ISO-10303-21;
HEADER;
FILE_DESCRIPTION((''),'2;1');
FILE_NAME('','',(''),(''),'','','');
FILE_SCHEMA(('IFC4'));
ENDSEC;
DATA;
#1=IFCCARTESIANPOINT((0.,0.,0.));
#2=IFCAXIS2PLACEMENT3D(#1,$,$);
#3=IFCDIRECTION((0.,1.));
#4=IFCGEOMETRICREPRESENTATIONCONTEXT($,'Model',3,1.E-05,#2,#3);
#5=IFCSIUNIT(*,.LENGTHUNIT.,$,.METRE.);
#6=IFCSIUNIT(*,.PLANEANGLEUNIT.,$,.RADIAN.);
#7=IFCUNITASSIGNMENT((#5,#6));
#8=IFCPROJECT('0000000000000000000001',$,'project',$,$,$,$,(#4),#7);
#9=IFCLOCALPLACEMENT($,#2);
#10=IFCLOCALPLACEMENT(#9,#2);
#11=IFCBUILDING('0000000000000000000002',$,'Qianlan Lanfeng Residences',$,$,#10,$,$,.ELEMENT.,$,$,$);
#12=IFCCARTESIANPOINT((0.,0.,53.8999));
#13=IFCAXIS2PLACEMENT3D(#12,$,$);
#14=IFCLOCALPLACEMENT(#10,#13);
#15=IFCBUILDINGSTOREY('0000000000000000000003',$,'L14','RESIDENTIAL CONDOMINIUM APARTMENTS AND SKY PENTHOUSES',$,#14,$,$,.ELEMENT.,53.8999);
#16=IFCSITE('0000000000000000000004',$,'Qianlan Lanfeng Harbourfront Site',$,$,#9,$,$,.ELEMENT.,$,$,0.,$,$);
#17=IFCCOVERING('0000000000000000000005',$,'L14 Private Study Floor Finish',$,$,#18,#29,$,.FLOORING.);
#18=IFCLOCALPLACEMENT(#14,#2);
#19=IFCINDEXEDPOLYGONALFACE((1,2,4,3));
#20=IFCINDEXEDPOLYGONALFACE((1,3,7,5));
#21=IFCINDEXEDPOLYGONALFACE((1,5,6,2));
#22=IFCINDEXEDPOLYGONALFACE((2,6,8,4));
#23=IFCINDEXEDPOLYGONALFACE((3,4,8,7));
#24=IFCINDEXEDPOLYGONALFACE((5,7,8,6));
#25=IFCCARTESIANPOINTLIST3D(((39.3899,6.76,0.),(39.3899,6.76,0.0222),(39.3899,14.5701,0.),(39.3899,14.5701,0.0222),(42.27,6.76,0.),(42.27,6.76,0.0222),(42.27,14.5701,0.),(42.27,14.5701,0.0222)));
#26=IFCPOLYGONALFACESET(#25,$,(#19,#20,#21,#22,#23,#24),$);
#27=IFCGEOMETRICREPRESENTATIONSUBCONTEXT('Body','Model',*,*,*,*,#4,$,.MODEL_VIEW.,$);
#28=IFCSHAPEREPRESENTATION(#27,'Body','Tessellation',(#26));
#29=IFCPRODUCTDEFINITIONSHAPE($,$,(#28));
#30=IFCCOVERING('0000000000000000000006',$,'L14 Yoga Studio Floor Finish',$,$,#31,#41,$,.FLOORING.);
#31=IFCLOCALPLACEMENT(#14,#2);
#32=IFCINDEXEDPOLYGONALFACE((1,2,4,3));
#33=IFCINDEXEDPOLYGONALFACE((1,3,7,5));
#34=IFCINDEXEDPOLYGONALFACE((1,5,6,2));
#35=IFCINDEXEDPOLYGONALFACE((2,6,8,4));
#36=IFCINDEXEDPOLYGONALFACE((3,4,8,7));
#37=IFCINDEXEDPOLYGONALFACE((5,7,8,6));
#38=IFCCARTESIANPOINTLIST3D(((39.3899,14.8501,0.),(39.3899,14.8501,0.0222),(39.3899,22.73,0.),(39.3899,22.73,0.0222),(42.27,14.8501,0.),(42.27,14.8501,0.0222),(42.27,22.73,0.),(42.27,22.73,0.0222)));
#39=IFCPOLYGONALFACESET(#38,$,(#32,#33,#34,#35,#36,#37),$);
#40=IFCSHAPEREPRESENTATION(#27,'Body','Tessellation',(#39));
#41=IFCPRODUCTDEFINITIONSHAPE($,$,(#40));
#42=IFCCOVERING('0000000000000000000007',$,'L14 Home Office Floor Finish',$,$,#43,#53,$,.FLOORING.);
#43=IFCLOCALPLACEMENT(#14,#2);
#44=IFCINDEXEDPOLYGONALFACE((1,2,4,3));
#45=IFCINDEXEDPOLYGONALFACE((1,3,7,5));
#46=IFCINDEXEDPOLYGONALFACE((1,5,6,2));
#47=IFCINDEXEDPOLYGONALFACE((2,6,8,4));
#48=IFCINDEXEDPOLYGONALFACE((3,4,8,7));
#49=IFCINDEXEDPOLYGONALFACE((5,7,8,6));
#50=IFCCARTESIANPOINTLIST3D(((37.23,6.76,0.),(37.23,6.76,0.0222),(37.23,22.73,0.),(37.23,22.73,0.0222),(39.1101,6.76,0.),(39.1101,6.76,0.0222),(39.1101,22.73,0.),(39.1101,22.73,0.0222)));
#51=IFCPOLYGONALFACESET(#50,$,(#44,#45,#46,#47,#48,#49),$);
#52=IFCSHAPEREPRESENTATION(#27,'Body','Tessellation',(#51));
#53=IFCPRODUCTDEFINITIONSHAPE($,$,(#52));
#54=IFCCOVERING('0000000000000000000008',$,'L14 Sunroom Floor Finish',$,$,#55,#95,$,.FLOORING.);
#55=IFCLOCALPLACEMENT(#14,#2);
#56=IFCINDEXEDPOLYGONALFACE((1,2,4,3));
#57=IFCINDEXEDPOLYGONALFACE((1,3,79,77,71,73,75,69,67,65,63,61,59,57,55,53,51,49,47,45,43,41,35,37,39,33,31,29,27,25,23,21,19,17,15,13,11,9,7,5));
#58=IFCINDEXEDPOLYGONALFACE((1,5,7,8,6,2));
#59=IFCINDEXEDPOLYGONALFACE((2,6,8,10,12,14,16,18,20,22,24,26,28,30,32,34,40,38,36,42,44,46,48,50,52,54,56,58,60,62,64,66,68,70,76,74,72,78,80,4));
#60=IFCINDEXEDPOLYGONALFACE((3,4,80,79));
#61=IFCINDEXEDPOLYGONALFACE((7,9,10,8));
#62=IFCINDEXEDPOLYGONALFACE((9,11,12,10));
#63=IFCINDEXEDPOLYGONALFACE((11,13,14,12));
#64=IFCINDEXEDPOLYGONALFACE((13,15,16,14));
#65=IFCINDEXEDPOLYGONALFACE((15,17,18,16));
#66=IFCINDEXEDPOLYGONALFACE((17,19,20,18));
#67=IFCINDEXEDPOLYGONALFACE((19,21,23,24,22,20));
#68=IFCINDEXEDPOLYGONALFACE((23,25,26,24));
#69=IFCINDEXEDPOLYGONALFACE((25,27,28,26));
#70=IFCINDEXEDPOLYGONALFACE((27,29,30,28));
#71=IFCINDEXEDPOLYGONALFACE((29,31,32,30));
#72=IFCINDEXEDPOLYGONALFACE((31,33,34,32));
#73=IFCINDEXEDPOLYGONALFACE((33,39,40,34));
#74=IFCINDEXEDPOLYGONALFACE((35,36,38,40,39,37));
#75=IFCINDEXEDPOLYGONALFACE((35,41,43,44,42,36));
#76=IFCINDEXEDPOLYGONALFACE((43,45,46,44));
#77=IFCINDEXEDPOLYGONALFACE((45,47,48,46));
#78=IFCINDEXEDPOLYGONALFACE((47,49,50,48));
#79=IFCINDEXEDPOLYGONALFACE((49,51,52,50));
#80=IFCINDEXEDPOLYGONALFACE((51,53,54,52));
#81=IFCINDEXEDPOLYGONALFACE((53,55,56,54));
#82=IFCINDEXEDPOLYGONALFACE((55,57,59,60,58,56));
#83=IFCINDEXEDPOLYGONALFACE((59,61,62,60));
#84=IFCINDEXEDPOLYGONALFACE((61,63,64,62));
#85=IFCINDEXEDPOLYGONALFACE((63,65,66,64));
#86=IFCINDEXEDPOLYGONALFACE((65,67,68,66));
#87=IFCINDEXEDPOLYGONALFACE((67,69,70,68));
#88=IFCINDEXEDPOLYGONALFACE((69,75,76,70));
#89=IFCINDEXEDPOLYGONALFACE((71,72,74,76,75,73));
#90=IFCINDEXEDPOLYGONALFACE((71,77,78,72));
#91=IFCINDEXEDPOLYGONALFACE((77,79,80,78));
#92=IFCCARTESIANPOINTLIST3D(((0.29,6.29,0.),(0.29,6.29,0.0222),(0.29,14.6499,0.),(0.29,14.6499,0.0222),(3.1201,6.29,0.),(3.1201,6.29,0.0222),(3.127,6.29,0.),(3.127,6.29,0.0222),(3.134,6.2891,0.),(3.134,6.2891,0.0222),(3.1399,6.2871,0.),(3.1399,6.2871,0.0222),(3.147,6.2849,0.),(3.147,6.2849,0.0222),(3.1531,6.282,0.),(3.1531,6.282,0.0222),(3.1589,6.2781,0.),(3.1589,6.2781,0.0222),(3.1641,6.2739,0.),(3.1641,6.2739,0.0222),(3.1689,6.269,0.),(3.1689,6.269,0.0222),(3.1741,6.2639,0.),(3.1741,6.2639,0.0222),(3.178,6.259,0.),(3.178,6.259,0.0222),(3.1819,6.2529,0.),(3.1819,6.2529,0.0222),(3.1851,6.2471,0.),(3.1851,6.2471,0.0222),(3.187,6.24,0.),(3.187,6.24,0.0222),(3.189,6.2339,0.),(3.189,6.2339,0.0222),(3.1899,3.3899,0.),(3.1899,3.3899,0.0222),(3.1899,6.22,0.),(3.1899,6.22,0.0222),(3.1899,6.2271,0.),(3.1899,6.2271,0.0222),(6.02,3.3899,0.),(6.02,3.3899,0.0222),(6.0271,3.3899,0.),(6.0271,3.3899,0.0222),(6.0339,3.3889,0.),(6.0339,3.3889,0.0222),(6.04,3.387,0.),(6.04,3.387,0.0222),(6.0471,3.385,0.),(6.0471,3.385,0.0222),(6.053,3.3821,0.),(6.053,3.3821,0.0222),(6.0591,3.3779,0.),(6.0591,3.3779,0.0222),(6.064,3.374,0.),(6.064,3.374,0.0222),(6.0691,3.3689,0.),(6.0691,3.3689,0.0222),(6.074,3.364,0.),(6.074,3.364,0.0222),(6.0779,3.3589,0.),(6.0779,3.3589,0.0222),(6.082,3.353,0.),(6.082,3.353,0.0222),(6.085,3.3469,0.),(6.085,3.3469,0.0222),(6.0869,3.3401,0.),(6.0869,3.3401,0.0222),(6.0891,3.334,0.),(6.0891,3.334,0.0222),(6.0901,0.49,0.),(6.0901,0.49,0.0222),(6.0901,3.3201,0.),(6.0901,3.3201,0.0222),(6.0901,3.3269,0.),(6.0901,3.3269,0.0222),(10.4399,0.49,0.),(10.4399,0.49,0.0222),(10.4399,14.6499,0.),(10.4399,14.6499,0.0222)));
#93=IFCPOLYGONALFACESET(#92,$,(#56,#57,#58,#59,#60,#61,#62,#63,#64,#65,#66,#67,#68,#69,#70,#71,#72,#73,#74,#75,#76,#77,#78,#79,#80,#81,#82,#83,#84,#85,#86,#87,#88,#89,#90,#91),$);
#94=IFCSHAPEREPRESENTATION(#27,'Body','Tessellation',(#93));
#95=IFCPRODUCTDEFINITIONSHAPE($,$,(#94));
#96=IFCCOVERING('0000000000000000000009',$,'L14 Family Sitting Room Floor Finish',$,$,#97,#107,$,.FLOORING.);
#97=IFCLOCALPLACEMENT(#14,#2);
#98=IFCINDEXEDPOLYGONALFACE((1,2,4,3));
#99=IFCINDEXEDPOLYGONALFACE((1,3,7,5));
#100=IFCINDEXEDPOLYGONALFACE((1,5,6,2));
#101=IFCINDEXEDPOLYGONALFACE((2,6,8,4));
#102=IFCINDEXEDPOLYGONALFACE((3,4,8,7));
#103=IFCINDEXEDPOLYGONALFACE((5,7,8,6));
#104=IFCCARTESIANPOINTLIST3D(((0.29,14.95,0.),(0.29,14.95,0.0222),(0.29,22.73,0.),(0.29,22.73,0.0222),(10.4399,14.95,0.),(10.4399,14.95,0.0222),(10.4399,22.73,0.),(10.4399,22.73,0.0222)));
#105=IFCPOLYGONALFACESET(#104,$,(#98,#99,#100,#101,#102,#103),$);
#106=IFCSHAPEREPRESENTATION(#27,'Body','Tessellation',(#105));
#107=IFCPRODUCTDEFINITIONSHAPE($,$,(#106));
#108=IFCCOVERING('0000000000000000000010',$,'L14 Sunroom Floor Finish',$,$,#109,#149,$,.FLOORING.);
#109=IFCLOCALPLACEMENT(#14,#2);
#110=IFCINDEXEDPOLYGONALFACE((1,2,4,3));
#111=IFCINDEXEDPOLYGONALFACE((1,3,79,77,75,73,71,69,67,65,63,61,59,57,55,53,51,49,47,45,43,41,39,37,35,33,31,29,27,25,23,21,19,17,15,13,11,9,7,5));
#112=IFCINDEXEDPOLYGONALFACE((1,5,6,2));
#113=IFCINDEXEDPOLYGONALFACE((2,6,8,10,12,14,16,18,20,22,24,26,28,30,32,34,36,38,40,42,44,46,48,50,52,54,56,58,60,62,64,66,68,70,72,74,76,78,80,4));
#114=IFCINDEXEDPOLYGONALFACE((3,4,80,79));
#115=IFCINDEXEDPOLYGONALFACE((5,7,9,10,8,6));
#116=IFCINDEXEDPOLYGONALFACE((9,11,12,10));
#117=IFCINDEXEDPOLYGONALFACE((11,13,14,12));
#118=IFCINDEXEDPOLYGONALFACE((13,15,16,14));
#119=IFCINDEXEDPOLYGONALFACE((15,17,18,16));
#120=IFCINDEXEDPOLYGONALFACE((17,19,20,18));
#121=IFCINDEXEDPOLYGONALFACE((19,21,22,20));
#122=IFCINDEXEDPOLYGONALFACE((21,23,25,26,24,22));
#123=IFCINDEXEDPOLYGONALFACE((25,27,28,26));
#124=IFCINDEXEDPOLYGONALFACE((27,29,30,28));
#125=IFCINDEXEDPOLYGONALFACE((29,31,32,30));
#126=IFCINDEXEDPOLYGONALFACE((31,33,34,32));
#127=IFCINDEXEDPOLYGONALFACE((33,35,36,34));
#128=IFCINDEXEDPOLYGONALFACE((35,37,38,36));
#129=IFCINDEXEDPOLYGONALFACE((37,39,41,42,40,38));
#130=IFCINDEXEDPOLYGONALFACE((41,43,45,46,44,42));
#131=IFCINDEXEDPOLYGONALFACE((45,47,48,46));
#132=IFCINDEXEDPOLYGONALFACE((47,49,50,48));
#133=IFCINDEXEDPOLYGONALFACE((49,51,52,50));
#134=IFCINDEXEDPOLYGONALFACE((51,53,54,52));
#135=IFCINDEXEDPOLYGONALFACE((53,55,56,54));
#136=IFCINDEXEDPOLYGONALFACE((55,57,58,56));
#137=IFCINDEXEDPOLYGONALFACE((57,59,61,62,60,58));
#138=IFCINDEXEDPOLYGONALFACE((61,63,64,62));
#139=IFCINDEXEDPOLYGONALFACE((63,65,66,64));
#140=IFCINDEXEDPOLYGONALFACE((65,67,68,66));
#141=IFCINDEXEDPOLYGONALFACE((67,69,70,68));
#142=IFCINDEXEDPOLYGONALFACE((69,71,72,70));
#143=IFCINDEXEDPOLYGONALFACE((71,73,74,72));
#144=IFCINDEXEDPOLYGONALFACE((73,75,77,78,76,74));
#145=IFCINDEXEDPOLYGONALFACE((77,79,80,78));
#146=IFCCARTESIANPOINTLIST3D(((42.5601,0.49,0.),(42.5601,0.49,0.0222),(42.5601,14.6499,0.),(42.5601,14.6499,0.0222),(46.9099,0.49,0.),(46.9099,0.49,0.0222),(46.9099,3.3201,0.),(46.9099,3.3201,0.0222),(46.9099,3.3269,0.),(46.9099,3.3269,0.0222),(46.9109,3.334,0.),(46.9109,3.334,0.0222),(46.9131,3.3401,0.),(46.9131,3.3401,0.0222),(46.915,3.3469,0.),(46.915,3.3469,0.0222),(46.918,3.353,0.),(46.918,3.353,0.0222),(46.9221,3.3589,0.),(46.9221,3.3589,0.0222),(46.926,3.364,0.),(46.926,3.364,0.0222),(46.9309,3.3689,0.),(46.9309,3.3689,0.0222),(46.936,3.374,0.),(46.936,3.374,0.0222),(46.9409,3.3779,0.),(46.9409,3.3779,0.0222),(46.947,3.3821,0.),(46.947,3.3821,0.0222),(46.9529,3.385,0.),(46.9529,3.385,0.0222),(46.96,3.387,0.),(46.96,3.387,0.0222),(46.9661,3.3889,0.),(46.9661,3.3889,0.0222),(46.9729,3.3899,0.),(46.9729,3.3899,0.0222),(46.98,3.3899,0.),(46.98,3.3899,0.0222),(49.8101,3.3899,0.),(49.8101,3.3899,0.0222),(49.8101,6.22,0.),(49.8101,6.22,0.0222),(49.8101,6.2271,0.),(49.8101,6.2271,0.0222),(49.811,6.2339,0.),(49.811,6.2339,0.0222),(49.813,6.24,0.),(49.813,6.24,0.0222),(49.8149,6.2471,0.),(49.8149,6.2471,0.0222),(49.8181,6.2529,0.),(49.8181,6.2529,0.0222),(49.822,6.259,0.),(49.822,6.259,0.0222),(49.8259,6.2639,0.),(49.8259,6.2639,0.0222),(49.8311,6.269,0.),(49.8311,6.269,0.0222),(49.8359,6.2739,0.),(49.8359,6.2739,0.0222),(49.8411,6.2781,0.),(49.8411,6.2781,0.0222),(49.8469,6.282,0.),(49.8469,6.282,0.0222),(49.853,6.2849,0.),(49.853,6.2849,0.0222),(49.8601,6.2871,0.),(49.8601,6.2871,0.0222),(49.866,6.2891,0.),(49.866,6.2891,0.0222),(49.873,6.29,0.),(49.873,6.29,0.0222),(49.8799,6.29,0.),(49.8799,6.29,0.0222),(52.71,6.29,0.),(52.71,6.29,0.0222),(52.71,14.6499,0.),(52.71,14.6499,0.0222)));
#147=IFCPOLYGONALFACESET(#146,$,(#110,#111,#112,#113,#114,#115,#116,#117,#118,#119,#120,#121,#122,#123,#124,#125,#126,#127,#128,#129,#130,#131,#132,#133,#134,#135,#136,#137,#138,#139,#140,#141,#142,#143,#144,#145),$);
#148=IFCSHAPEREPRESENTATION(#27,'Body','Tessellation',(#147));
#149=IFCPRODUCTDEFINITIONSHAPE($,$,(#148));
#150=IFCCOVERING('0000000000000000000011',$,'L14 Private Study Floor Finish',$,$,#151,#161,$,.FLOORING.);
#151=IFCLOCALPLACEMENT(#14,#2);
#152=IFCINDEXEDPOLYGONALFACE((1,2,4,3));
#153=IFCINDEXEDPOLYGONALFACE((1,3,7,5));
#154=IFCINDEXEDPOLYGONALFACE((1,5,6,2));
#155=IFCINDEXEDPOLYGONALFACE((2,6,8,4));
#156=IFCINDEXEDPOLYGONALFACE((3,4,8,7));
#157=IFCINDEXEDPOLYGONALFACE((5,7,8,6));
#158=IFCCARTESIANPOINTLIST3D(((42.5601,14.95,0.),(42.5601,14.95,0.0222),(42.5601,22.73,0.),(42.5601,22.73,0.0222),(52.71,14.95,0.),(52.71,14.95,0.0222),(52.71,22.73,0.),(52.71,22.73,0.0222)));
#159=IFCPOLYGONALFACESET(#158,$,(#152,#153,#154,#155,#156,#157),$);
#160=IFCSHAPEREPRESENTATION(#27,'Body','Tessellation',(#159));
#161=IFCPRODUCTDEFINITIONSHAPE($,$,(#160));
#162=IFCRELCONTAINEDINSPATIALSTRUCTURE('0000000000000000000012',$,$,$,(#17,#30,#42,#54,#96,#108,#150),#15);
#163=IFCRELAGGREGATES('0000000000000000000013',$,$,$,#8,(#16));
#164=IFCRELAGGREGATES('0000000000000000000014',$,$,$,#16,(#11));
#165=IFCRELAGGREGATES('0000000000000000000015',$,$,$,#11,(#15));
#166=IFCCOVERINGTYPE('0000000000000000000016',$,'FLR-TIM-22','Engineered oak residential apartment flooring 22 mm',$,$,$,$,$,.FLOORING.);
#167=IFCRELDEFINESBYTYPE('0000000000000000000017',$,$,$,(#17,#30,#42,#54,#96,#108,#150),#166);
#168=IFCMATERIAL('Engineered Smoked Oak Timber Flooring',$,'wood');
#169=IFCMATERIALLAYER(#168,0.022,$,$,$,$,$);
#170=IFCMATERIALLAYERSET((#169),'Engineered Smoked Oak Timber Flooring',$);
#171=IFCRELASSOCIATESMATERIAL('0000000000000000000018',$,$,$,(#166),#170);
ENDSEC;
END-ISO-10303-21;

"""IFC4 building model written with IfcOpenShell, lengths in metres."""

from ifc_helpers import new_model, si_unit, direction, frame, origin, place, context, subcontext, project, spatial, polyline, outline, extrude, material, layer, layer_set, type_object, element, save


model = new_model("IFC4")

# Units and contexts
model_context = context("Model", 3, precision=1e-05, world=origin(), true_north=direction((0.0, 1.0)))
body_context = subcontext(model_context, "Body", "Model", "MODEL_VIEW")
ifc_project = project(units=[si_unit("LENGTHUNIT", "METRE"), si_unit("PLANEANGLEUNIT", "RADIAN")], contexts=[model_context])

# Site, building, storey
site_placement = place(None, origin())
site = spatial("IfcSite", under=ifc_project, at=site_placement, Name="Qianlan Lanfeng Harbourfront Site", CompositionType="ELEMENT", RefElevation=0.0)
building_placement = place(site_placement, origin())
building = spatial("IfcBuilding", under=site, at=building_placement, Name="Qianlan Lanfeng Residences", CompositionType="ELEMENT")
storey_placement = place(building_placement, frame((0.0, 0.0, 53.8999)))
storey = spatial("IfcBuildingStorey", under=building, at=storey_placement, Name="L14", Description="RESIDENTIAL CONDOMINIUM APARTMENTS AND SKY PENTHOUSES", CompositionType="ELEMENT", Elevation=53.8999)

# Coverings
ifc_material_1 = material(Name="Engineered Smoked Oak Timber Flooring", Category="wood")
ifc_layer_1 = layer(ifc_material_1, 0.022)
ifc_layer_set_1 = layer_set([ifc_layer_1], Name="Engineered Smoked Oak Timber Flooring")
covering_type = type_object("IfcCoveringType", Name="FLR-TIM-22", Description="Engineered oak residential apartment flooring 22 mm", PredefinedType="FLOORING", material=ifc_layer_set_1)
covering_1_placement = place(storey_placement, origin())
element("IfcCovering", 1, at=covering_1_placement, inside=storey, type_object=covering_type, Name="L14 Private Study Floor Finish", PredefinedType="FLOORING", context=body_context, shape_type="SweptSolid", body=[
    extrude(outline(polyline([(39.3899, 6.76), (42.27, 6.76), (42.27, 14.5701), (39.3899, 14.5701), (39.3899, 6.76)])), origin(), (0.0, 0.0, 1.0), 0.0222),
])
covering_2_placement = place(storey_placement, origin())
element("IfcCovering", 2, at=covering_2_placement, inside=storey, type_object=covering_type, Name="L14 Yoga Studio Floor Finish", PredefinedType="FLOORING", context=body_context, shape_type="SweptSolid", body=[
    extrude(outline(polyline([(39.3899, 14.8501), (42.27, 14.8501), (42.27, 22.73), (39.3899, 22.73), (39.3899, 14.8501)])), origin(), (0.0, 0.0, 1.0), 0.0222),
])
covering_3_placement = place(storey_placement, origin())
element("IfcCovering", 3, at=covering_3_placement, inside=storey, type_object=covering_type, Name="L14 Home Office Floor Finish", PredefinedType="FLOORING", context=body_context, shape_type="SweptSolid", body=[
    extrude(outline(polyline([(37.23, 6.76), (39.1101, 6.76), (39.1101, 22.73), (37.23, 22.73), (37.23, 6.76)])), origin(), (0.0, 0.0, 1.0), 0.0222),
])
covering_4_placement = place(storey_placement, origin())
element("IfcCovering", 4, at=covering_4_placement, inside=storey, type_object=covering_type, Name="L14 Sunroom Floor Finish", PredefinedType="FLOORING", context=body_context, shape_type="SweptSolid", body=[
    extrude(outline(polyline([(10.4399, 14.6499), (0.29, 14.6499), (0.29, 6.29), (3.1201, 6.29), (3.127, 6.29), (3.134, 6.2891), (3.1399, 6.2871), (3.147, 6.2849), (3.1531, 6.282), (3.1589, 6.2781), (3.1641, 6.2739), (3.1689, 6.269), (3.1741, 6.2639), (3.178, 6.259), (3.1819, 6.2529), (3.1851, 6.2471), (3.187, 6.24), (3.189, 6.2339), (3.1899, 6.2271), (3.1899, 6.22), (3.1899, 3.3899), (6.02, 3.3899), (6.0271, 3.3899), (6.0339, 3.3889), (6.04, 3.387), (6.0471, 3.385), (6.053, 3.3821), (6.0591, 3.3779), (6.064, 3.374), (6.0691, 3.3689), (6.074, 3.364), (6.0779, 3.3589), (6.082, 3.353), (6.085, 3.3469), (6.0869, 3.3401), (6.0891, 3.334), (6.0901, 3.3269), (6.0901, 3.3201), (6.0901, 0.49), (10.4399, 0.49), (10.4399, 14.6499)])), origin(), (0.0, 0.0, 1.0), 0.0222),
])
covering_5_placement = place(storey_placement, origin())
element("IfcCovering", 5, at=covering_5_placement, inside=storey, type_object=covering_type, Name="L14 Family Sitting Room Floor Finish", PredefinedType="FLOORING", context=body_context, shape_type="SweptSolid", body=[
    extrude(outline(polyline([(10.4399, 22.73), (0.29, 22.73), (0.29, 14.95), (10.4399, 14.95), (10.4399, 22.73)])), origin(), (0.0, 0.0, 1.0), 0.0222),
])
covering_6_placement = place(storey_placement, origin())
element("IfcCovering", 6, at=covering_6_placement, inside=storey, type_object=covering_type, Name="L14 Sunroom Floor Finish", PredefinedType="FLOORING", context=body_context, shape_type="SweptSolid", body=[
    extrude(outline(polyline([(52.71, 14.6499), (42.5601, 14.6499), (42.5601, 0.49), (46.9099, 0.49), (46.9099, 3.3201), (46.9099, 3.3269), (46.9109, 3.334), (46.9131, 3.3401), (46.915, 3.3469), (46.918, 3.353), (46.9221, 3.3589), (46.926, 3.364), (46.9309, 3.3689), (46.936, 3.374), (46.9409, 3.3779), (46.947, 3.3821), (46.9529, 3.385), (46.96, 3.387), (46.9661, 3.3889), (46.9729, 3.3899), (46.98, 3.3899), (49.8101, 3.3899), (49.8101, 6.22), (49.8101, 6.2271), (49.811, 6.2339), (49.813, 6.24), (49.8149, 6.2471), (49.8181, 6.2529), (49.822, 6.259), (49.8259, 6.2639), (49.8311, 6.269), (49.8359, 6.2739), (49.8411, 6.2781), (49.8469, 6.282), (49.853, 6.2849), (49.8601, 6.2871), (49.866, 6.2891), (49.873, 6.29), (49.8799, 6.29), (52.71, 6.29), (52.71, 14.6499)])), origin(), (0.0, 0.0, 1.0), 0.0222),
])
covering_7_placement = place(storey_placement, origin())
element("IfcCovering", 7, at=covering_7_placement, inside=storey, type_object=covering_type, Name="L14 Private Study Floor Finish", PredefinedType="FLOORING", context=body_context, shape_type="SweptSolid", body=[
    extrude(outline(polyline([(52.71, 22.73), (42.5601, 22.73), (42.5601, 14.95), (52.71, 14.95), (52.71, 22.73)])), origin(), (0.0, 0.0, 1.0), 0.0222),
])

save(model, "model.ifc")
